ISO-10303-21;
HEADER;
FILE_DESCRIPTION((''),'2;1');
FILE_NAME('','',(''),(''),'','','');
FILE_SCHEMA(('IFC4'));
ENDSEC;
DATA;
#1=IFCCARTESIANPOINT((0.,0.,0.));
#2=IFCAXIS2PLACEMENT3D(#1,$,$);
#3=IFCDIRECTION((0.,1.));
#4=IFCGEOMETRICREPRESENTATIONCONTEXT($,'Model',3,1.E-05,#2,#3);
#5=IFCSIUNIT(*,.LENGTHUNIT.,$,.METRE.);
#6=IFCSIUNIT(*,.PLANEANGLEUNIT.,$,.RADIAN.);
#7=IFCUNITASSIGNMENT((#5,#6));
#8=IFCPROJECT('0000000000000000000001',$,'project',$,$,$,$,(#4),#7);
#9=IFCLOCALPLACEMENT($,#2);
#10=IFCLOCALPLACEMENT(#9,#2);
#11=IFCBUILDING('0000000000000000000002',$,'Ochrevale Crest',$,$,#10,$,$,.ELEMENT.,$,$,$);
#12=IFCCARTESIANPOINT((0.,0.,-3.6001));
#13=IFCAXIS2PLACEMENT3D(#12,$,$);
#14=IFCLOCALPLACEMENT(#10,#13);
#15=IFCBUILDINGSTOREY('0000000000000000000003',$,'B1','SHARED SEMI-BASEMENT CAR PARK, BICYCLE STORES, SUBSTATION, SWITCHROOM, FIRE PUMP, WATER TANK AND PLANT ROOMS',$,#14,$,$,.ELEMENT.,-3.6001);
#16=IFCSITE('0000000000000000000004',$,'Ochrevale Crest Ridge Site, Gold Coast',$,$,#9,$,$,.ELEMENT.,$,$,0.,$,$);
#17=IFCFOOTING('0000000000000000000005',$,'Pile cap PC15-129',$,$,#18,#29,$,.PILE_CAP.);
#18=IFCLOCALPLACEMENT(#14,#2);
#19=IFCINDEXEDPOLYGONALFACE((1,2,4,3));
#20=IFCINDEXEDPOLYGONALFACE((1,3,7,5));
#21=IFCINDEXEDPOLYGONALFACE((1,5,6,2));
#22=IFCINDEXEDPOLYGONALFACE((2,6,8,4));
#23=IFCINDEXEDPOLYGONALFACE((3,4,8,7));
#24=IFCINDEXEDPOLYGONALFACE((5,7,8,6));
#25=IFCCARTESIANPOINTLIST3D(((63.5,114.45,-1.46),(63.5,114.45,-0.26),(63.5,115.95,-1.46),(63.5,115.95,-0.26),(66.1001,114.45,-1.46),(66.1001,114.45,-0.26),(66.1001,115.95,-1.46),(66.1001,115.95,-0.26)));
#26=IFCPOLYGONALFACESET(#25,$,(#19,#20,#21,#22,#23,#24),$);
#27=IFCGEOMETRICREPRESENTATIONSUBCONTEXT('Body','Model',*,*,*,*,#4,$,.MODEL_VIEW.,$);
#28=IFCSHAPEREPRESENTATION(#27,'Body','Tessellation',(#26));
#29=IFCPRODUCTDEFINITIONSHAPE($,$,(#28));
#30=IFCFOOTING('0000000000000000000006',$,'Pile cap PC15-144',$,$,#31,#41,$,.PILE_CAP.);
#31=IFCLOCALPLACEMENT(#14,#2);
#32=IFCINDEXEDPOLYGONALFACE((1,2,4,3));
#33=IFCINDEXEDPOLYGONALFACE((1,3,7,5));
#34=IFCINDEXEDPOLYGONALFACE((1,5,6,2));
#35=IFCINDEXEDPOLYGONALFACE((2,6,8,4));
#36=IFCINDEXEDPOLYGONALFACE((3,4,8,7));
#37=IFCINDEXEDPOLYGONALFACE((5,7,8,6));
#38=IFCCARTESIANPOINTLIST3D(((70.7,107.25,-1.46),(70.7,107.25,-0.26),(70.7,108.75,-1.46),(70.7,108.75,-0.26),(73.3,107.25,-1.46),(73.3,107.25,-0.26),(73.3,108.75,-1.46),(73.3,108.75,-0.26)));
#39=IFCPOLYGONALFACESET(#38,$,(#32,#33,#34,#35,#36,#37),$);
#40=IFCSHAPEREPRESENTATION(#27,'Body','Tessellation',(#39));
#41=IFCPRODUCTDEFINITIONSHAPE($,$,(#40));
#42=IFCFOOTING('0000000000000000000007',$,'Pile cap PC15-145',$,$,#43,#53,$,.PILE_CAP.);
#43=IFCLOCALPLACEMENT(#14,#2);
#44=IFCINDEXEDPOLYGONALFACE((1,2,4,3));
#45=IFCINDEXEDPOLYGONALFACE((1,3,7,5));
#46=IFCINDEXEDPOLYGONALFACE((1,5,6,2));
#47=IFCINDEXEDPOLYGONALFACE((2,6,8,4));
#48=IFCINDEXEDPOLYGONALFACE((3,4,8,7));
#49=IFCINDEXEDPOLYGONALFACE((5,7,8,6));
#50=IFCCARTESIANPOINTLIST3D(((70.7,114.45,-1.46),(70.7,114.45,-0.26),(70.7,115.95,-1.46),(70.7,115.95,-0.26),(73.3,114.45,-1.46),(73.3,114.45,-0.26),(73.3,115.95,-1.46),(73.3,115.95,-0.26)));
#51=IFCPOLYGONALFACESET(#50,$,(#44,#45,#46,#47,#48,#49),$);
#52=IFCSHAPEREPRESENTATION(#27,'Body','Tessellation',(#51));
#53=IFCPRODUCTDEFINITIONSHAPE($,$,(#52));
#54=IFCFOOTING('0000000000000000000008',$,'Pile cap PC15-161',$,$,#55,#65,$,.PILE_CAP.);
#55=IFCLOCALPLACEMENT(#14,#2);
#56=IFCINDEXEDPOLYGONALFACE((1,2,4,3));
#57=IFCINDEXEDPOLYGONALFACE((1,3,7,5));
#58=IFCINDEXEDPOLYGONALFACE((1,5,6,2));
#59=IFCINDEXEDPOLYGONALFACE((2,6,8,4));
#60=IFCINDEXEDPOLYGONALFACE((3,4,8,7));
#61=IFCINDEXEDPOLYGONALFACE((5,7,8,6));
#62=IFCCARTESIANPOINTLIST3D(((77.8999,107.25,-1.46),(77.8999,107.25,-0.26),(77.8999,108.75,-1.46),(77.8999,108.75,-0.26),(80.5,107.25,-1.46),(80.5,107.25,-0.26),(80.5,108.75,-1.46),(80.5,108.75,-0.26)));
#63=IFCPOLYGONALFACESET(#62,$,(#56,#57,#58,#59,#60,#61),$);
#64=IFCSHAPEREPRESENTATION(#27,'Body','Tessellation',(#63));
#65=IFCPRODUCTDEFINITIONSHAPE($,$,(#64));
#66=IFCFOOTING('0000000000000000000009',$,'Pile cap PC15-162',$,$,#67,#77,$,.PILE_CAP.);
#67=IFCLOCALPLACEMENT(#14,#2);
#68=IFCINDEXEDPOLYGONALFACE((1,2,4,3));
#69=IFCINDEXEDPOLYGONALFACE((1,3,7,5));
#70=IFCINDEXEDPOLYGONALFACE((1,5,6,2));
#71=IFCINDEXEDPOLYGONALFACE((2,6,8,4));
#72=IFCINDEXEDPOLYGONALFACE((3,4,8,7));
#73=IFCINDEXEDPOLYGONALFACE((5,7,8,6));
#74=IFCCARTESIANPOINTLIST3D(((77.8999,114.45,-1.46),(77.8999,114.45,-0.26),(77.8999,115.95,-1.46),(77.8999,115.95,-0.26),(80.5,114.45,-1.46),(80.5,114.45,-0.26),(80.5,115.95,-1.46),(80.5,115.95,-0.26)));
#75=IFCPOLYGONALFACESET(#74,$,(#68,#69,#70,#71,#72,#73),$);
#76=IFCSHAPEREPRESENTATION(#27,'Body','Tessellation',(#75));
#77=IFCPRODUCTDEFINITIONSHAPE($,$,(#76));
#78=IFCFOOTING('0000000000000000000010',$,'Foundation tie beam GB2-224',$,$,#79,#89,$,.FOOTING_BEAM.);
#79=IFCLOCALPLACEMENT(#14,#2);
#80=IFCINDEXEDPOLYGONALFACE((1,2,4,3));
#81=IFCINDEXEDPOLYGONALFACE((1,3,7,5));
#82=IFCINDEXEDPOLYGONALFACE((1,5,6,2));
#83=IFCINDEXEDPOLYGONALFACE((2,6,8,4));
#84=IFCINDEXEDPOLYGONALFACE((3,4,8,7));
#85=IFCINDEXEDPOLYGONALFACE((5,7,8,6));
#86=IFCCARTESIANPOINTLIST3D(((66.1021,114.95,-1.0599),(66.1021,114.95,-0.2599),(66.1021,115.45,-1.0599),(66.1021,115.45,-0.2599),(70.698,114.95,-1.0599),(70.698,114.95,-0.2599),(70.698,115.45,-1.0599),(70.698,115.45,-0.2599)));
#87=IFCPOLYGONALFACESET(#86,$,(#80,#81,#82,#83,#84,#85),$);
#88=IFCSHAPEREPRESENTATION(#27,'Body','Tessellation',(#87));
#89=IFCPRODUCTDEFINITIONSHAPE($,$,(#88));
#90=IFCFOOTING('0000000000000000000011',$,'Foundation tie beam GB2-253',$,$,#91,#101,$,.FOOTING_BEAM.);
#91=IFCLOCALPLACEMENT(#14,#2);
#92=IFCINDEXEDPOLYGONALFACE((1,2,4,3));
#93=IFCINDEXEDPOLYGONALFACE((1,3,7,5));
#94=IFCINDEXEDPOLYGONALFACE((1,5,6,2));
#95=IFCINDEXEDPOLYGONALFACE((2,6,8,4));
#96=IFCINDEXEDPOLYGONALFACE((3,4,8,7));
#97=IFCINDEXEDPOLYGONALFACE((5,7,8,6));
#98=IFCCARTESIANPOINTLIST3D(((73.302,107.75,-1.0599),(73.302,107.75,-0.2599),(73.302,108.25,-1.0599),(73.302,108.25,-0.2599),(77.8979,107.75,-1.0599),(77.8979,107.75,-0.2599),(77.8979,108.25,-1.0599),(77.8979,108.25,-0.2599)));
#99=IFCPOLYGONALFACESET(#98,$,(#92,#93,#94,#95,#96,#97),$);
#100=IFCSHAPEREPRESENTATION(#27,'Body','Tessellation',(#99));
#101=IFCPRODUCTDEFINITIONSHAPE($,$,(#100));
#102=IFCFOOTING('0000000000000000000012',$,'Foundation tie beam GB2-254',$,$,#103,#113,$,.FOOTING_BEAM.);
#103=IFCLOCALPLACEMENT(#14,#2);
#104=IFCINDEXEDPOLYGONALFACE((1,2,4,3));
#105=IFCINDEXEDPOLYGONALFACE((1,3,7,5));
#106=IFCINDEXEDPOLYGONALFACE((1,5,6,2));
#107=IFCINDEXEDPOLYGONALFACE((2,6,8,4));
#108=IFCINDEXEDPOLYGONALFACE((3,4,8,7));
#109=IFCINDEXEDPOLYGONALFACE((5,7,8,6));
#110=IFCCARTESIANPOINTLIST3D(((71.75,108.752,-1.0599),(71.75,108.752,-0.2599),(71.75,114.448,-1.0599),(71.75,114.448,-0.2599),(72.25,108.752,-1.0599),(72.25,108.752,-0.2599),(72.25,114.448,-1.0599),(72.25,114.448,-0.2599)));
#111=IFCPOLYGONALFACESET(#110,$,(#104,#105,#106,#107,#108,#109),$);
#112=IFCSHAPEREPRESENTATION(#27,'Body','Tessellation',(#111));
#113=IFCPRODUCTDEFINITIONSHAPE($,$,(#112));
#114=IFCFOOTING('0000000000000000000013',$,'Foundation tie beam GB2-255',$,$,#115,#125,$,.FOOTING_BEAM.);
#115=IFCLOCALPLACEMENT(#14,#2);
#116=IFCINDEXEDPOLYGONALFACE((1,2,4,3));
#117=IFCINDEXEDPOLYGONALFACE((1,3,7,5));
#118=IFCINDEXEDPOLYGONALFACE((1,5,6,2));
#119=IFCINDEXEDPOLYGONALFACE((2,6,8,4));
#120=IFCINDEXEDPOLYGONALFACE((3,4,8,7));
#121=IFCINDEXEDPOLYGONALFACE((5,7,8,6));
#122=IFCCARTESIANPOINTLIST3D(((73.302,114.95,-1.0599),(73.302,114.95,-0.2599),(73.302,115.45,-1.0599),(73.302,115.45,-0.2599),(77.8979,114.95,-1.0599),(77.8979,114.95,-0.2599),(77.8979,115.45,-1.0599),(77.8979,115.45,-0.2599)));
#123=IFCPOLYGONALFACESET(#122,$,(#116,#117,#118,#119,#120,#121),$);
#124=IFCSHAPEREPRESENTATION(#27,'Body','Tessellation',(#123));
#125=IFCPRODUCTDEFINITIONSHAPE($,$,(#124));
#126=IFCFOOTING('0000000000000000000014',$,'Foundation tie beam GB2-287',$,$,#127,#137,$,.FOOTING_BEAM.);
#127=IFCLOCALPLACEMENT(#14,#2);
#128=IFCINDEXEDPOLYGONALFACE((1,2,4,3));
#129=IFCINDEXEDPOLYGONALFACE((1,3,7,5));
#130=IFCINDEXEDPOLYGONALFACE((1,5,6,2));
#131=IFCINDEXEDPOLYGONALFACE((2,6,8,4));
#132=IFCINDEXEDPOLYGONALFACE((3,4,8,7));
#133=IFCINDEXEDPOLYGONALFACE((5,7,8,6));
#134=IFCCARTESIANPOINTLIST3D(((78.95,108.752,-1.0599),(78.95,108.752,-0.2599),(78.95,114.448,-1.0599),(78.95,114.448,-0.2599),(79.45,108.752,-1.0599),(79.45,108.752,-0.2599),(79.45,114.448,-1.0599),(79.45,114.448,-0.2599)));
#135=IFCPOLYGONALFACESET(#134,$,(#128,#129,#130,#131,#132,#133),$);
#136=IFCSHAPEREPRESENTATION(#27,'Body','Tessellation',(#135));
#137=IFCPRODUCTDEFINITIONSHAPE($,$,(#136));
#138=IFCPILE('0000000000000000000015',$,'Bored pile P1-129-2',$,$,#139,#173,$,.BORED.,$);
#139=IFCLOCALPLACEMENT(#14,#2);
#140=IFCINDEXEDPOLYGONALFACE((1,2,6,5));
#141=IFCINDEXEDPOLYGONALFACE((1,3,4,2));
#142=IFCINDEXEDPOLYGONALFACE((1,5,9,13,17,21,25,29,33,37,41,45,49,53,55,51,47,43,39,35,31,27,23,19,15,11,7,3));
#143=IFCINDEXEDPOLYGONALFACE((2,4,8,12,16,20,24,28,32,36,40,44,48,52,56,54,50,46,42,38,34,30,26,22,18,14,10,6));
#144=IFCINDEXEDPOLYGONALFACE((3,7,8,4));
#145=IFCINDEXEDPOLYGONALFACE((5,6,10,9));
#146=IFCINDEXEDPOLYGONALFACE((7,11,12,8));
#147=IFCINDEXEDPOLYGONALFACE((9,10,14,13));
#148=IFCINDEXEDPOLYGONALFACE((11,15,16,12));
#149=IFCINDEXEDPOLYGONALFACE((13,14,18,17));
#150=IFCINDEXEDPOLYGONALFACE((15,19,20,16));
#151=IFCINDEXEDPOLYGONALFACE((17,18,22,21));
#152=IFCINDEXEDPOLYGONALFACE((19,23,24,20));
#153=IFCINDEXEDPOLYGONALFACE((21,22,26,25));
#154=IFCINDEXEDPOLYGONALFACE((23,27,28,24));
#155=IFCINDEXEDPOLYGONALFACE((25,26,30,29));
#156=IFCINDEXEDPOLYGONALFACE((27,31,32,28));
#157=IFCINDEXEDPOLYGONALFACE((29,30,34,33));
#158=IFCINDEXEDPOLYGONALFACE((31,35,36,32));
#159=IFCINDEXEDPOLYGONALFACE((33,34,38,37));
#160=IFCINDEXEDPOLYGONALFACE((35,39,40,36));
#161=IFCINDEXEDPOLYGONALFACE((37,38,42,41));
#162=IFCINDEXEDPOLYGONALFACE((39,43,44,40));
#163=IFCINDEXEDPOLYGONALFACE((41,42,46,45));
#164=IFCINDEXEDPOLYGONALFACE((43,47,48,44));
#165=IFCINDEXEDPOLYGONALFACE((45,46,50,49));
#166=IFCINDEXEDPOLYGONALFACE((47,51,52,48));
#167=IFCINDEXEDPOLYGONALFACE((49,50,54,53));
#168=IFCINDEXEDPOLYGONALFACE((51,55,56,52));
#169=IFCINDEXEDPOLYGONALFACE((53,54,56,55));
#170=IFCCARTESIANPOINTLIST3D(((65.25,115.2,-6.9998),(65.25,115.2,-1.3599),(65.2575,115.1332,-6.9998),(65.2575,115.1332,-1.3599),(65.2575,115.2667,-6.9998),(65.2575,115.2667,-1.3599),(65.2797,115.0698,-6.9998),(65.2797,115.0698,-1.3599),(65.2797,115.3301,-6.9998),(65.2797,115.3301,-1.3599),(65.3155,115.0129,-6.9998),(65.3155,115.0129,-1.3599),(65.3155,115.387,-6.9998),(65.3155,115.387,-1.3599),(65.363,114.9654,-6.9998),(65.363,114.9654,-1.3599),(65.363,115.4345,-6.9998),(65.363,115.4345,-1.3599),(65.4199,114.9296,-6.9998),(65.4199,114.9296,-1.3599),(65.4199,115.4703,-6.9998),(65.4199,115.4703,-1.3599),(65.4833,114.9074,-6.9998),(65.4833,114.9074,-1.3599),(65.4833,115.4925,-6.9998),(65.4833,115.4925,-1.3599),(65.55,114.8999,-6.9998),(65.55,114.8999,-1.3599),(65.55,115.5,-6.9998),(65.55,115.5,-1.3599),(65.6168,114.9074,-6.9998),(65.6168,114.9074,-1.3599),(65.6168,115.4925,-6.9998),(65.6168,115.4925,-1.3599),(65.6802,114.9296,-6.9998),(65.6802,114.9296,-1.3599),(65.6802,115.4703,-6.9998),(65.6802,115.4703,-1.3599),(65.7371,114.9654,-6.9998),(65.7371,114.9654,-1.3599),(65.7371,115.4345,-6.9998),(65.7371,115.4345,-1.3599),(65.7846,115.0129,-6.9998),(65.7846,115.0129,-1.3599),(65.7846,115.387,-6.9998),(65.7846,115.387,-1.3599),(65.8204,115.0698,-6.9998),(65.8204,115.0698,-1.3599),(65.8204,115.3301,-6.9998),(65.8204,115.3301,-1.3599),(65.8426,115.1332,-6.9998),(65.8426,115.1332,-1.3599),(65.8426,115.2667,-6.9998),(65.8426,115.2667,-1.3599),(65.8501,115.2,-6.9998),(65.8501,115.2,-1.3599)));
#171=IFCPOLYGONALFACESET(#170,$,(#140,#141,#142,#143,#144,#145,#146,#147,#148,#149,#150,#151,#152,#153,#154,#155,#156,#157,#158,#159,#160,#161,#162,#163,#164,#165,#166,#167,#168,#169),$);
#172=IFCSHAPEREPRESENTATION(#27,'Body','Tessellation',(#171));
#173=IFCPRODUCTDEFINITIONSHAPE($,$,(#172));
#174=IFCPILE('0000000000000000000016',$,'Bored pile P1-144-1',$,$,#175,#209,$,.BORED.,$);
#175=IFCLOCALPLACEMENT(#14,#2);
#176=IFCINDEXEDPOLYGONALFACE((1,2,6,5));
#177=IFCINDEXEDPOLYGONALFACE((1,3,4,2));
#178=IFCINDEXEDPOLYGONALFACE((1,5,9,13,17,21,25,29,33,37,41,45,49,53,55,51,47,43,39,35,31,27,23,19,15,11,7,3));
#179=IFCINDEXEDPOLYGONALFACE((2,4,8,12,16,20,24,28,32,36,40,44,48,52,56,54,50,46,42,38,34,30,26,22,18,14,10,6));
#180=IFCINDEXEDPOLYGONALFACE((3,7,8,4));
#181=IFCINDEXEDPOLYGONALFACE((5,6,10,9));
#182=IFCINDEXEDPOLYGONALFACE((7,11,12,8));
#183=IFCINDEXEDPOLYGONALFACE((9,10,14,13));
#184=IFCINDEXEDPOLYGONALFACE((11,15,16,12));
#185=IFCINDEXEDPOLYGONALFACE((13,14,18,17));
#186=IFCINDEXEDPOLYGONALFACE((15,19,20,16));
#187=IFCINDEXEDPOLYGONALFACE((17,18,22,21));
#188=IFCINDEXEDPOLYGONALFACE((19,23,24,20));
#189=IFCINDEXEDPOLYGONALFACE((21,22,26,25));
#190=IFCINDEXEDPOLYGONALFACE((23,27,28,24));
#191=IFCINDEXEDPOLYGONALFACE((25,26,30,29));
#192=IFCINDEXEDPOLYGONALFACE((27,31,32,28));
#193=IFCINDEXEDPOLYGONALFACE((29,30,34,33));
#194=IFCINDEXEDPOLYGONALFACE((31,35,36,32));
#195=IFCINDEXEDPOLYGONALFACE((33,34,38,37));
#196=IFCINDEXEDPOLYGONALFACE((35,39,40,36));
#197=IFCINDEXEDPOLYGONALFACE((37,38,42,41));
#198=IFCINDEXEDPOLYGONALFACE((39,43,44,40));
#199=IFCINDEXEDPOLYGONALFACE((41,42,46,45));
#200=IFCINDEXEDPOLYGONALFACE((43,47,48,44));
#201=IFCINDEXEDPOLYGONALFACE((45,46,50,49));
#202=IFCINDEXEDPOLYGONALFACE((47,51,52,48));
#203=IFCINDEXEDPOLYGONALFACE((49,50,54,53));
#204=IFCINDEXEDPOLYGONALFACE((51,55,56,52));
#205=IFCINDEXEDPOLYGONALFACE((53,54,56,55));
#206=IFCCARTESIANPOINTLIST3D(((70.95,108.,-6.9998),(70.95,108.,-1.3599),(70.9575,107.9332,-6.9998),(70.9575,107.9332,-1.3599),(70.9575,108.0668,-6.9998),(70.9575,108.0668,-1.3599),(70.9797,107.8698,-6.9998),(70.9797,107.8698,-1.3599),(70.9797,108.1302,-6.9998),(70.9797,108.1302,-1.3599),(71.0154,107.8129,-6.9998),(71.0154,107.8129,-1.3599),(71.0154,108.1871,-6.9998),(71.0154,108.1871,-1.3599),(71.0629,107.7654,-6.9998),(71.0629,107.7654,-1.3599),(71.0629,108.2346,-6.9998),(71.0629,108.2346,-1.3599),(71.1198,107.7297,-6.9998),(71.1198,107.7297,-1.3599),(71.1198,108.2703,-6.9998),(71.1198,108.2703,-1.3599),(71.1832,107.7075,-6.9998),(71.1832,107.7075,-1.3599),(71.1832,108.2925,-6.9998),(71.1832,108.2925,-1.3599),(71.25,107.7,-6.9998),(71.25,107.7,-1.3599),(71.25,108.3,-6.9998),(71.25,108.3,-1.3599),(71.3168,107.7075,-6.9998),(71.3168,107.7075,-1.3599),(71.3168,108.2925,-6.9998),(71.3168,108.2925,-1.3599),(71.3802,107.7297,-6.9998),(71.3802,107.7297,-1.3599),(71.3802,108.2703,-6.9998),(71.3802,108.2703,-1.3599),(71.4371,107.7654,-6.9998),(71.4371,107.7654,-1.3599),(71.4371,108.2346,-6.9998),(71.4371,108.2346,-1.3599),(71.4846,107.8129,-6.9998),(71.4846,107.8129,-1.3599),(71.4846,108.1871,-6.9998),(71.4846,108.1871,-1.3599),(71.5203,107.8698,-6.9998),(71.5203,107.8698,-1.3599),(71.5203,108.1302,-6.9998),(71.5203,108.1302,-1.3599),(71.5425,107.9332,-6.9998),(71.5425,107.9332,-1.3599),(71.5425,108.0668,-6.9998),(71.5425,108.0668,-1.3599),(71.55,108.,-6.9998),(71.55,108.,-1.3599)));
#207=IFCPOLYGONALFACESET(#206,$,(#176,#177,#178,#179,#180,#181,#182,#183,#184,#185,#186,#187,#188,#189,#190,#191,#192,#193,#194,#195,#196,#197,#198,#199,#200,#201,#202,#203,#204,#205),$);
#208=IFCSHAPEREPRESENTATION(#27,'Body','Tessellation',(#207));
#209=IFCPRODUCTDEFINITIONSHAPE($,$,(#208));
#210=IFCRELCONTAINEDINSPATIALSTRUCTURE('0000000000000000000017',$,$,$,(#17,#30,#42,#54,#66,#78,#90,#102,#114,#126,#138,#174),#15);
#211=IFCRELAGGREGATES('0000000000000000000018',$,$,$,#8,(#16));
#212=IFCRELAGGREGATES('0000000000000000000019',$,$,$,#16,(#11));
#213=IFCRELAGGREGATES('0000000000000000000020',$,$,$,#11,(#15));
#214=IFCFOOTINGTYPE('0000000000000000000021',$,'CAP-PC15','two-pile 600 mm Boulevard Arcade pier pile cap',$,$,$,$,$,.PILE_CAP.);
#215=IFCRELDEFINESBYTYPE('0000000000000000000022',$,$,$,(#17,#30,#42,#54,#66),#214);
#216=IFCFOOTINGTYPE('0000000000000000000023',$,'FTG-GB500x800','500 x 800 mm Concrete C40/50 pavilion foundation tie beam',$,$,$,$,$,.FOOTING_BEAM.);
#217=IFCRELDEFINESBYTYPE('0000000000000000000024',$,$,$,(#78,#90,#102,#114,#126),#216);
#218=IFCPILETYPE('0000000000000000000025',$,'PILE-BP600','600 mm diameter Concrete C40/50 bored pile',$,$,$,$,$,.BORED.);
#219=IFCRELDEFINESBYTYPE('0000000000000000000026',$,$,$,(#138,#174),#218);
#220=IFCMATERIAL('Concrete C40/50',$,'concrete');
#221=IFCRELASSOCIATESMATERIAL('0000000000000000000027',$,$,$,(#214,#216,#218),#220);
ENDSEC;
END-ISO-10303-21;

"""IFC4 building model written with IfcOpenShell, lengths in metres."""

from ifc_helpers import new_model, si_unit, direction, frame, origin, origin_2d, place, context, subcontext, project, spatial, rectangle, circle, extrude, material, material_profile, profile_set, type_object, element, save


model = new_model("IFC4")

# Units and contexts
model_context = context("Model", 3, precision=1e-05, world=origin(), true_north=direction((0.0, 1.0)))
body_context = subcontext(model_context, "Body", "Model", "MODEL_VIEW")
ifc_project = project(units=[si_unit("LENGTHUNIT", "METRE"), si_unit("PLANEANGLEUNIT", "RADIAN")], contexts=[model_context])

# Site, building, storey
site_placement = place(None, origin())
site = spatial("IfcSite", under=ifc_project, at=site_placement, Name="Ochrevale Crest Ridge Site, Gold Coast", CompositionType="ELEMENT", RefElevation=0.0)
building_placement = place(site_placement, origin())
building = spatial("IfcBuilding", under=site, at=building_placement, Name="Ochrevale Crest", CompositionType="ELEMENT")
storey_placement = place(building_placement, frame((0.0, 0.0, -3.6001)))
storey = spatial("IfcBuildingStorey", under=building, at=storey_placement, Name="B1", Description="SHARED SEMI-BASEMENT CAR PARK, BICYCLE STORES, SUBSTATION, SWITCHROOM, FIRE PUMP, WATER TANK AND PLANT ROOMS", CompositionType="ELEMENT", Elevation=-3.6001)

# Footings
ifc_material_1 = material(Name="Concrete C40/50", Category="concrete")
footing_type_1 = type_object("IfcFootingType", Name="CAP-PC15", Description="two-pile 600 mm Boulevard Arcade pier pile cap", PredefinedType="PILE_CAP", material=ifc_material_1)
for number, where, z_axis, x_axis, name in (
    (1, (64.8, 115.2, -1.46), (0.0, 0.0, 1.0), (1.0, 0.0, 0.0), "Pile cap PC15-129"),
    (2, (72.0, 108.0, -1.46), (0.0, 0.0, 1.0), (1.0, 0.0, 0.0), "Pile cap PC15-144"),
    (3, (72.0, 115.2, -1.46), (0.0, 0.0, 1.0), (1.0, 0.0, 0.0), "Pile cap PC15-145"),
    (4, (79.2, 108.0, -1.46), (0.0, 0.0, 1.0), (1.0, 0.0, 0.0), "Pile cap PC15-161"),
    (5, (79.2, 115.2, -1.46), (0.0, 0.0, 1.0), (1.0, 0.0, 0.0), "Pile cap PC15-162"),
):
    element("IfcFooting", number, at=place(storey_placement, frame(where, z_axis=z_axis, x_axis=x_axis)), inside=storey, type_object=footing_type_1, Name=name, PredefinedType="PILE_CAP", context=body_context, shape_type="SweptSolid", body=[
        extrude(rectangle(XDim=2.6001, YDim=1.5, at=origin_2d()), origin(), (0.0, 0.0, 1.0), 1.2),
    ])
ifc_material_profile_1 = material_profile(ifc_material_1, rectangle(XDim=0.5, YDim=0.8, at=origin_2d()), Name="GB 500x800")
ifc_profile_set_1 = profile_set([ifc_material_profile_1], Name="Concrete C40/50")
footing_type_2 = type_object("IfcFootingType", Name="FTG-GB500x800", Description="500 x 800 mm Concrete C40/50 pavilion foundation tie beam", PredefinedType="FOOTING_BEAM", material=ifc_profile_set_1)
for number, where, z_axis, x_axis, name in (
    (6, (66.1021, 115.2, -0.6599), (1.0, 0.0, 0.0), (0.0, 1.0, 0.0), "Foundation tie beam GB2-224"),
    (7, (73.302, 108.0, -0.6599), (1.0, 0.0, 0.0), (0.0, 1.0, 0.0), "Foundation tie beam GB2-253"),
):
    element("IfcFooting", number, at=place(storey_placement, frame(where, z_axis=z_axis, x_axis=x_axis)), inside=storey, type_object=footing_type_2, Name=name, PredefinedType="FOOTING_BEAM", context=body_context, shape_type="SweptSolid", body=[
        extrude(rectangle(XDim=0.5, YDim=0.8, at=origin_2d()), origin(), (0.0, 0.0, 1.0), 4.5959),
    ])
footing_1_placement = place(storey_placement, frame((72.0, 108.752, -0.6599), z_axis=(0.0, 1.0, 0.0), x_axis=(-1.0, 0.0, 0.0)))
element("IfcFooting", 8, at=footing_1_placement, inside=storey, type_object=footing_type_2, Name="Foundation tie beam GB2-254", PredefinedType="FOOTING_BEAM", context=body_context, shape_type="SweptSolid", body=[
    extrude(rectangle(XDim=0.5, YDim=0.8, at=origin_2d()), origin(), (0.0, 0.0, 1.0), 5.696),
])
footing_2_placement = place(storey_placement, frame((73.302, 115.2, -0.6599), z_axis=(1.0, 0.0, 0.0), x_axis=(0.0, 1.0, 0.0)))
element("IfcFooting", 9, at=footing_2_placement, inside=storey, type_object=footing_type_2, Name="Foundation tie beam GB2-255", PredefinedType="FOOTING_BEAM", context=body_context, shape_type="SweptSolid", body=[
    extrude(rectangle(XDim=0.5, YDim=0.8, at=origin_2d()), origin(), (0.0, 0.0, 1.0), 4.5959),
])
footing_3_placement = place(storey_placement, frame((79.2, 108.752, -0.6599), z_axis=(0.0, 1.0, 0.0), x_axis=(-1.0, 0.0, 0.0)))
element("IfcFooting", 10, at=footing_3_placement, inside=storey, type_object=footing_type_2, Name="Foundation tie beam GB2-287", PredefinedType="FOOTING_BEAM", context=body_context, shape_type="SweptSolid", body=[
    extrude(rectangle(XDim=0.5, YDim=0.8, at=origin_2d()), origin(), (0.0, 0.0, 1.0), 5.696),
])

# Piles
ifc_material_profile_2 = material_profile(ifc_material_1, circle(Radius=0.3, at=origin_2d()), Name="BORED PILE 600")
ifc_profile_set_2 = profile_set([ifc_material_profile_2], Name="Concrete C40/50")
pile_type = type_object("IfcPileType", Name="PILE-BP600", Description="600 mm diameter Concrete C40/50 bored pile", PredefinedType="BORED", material=ifc_profile_set_2)
for number, where, z_axis, x_axis, name in (
    (11, (65.55, 115.2, -1.3599), (0.0, 0.0, -1.0), (1.0, 0.0, 0.0), "Bored pile P1-129-2"),
    (12, (71.25, 108.0, -1.3599), (0.0, 0.0, -1.0), (1.0, 0.0, 0.0), "Bored pile P1-144-1"),
):
    element("IfcPile", number, at=place(storey_placement, frame(where, z_axis=z_axis, x_axis=x_axis)), inside=storey, type_object=pile_type, Name=name, PredefinedType="BORED", context=body_context, shape_type="SweptSolid", body=[
        extrude(circle(Radius=0.3, at=origin_2d()), origin(), (0.0, 0.0, 1.0), 5.6399),
    ])

save(model, "model.ifc")
